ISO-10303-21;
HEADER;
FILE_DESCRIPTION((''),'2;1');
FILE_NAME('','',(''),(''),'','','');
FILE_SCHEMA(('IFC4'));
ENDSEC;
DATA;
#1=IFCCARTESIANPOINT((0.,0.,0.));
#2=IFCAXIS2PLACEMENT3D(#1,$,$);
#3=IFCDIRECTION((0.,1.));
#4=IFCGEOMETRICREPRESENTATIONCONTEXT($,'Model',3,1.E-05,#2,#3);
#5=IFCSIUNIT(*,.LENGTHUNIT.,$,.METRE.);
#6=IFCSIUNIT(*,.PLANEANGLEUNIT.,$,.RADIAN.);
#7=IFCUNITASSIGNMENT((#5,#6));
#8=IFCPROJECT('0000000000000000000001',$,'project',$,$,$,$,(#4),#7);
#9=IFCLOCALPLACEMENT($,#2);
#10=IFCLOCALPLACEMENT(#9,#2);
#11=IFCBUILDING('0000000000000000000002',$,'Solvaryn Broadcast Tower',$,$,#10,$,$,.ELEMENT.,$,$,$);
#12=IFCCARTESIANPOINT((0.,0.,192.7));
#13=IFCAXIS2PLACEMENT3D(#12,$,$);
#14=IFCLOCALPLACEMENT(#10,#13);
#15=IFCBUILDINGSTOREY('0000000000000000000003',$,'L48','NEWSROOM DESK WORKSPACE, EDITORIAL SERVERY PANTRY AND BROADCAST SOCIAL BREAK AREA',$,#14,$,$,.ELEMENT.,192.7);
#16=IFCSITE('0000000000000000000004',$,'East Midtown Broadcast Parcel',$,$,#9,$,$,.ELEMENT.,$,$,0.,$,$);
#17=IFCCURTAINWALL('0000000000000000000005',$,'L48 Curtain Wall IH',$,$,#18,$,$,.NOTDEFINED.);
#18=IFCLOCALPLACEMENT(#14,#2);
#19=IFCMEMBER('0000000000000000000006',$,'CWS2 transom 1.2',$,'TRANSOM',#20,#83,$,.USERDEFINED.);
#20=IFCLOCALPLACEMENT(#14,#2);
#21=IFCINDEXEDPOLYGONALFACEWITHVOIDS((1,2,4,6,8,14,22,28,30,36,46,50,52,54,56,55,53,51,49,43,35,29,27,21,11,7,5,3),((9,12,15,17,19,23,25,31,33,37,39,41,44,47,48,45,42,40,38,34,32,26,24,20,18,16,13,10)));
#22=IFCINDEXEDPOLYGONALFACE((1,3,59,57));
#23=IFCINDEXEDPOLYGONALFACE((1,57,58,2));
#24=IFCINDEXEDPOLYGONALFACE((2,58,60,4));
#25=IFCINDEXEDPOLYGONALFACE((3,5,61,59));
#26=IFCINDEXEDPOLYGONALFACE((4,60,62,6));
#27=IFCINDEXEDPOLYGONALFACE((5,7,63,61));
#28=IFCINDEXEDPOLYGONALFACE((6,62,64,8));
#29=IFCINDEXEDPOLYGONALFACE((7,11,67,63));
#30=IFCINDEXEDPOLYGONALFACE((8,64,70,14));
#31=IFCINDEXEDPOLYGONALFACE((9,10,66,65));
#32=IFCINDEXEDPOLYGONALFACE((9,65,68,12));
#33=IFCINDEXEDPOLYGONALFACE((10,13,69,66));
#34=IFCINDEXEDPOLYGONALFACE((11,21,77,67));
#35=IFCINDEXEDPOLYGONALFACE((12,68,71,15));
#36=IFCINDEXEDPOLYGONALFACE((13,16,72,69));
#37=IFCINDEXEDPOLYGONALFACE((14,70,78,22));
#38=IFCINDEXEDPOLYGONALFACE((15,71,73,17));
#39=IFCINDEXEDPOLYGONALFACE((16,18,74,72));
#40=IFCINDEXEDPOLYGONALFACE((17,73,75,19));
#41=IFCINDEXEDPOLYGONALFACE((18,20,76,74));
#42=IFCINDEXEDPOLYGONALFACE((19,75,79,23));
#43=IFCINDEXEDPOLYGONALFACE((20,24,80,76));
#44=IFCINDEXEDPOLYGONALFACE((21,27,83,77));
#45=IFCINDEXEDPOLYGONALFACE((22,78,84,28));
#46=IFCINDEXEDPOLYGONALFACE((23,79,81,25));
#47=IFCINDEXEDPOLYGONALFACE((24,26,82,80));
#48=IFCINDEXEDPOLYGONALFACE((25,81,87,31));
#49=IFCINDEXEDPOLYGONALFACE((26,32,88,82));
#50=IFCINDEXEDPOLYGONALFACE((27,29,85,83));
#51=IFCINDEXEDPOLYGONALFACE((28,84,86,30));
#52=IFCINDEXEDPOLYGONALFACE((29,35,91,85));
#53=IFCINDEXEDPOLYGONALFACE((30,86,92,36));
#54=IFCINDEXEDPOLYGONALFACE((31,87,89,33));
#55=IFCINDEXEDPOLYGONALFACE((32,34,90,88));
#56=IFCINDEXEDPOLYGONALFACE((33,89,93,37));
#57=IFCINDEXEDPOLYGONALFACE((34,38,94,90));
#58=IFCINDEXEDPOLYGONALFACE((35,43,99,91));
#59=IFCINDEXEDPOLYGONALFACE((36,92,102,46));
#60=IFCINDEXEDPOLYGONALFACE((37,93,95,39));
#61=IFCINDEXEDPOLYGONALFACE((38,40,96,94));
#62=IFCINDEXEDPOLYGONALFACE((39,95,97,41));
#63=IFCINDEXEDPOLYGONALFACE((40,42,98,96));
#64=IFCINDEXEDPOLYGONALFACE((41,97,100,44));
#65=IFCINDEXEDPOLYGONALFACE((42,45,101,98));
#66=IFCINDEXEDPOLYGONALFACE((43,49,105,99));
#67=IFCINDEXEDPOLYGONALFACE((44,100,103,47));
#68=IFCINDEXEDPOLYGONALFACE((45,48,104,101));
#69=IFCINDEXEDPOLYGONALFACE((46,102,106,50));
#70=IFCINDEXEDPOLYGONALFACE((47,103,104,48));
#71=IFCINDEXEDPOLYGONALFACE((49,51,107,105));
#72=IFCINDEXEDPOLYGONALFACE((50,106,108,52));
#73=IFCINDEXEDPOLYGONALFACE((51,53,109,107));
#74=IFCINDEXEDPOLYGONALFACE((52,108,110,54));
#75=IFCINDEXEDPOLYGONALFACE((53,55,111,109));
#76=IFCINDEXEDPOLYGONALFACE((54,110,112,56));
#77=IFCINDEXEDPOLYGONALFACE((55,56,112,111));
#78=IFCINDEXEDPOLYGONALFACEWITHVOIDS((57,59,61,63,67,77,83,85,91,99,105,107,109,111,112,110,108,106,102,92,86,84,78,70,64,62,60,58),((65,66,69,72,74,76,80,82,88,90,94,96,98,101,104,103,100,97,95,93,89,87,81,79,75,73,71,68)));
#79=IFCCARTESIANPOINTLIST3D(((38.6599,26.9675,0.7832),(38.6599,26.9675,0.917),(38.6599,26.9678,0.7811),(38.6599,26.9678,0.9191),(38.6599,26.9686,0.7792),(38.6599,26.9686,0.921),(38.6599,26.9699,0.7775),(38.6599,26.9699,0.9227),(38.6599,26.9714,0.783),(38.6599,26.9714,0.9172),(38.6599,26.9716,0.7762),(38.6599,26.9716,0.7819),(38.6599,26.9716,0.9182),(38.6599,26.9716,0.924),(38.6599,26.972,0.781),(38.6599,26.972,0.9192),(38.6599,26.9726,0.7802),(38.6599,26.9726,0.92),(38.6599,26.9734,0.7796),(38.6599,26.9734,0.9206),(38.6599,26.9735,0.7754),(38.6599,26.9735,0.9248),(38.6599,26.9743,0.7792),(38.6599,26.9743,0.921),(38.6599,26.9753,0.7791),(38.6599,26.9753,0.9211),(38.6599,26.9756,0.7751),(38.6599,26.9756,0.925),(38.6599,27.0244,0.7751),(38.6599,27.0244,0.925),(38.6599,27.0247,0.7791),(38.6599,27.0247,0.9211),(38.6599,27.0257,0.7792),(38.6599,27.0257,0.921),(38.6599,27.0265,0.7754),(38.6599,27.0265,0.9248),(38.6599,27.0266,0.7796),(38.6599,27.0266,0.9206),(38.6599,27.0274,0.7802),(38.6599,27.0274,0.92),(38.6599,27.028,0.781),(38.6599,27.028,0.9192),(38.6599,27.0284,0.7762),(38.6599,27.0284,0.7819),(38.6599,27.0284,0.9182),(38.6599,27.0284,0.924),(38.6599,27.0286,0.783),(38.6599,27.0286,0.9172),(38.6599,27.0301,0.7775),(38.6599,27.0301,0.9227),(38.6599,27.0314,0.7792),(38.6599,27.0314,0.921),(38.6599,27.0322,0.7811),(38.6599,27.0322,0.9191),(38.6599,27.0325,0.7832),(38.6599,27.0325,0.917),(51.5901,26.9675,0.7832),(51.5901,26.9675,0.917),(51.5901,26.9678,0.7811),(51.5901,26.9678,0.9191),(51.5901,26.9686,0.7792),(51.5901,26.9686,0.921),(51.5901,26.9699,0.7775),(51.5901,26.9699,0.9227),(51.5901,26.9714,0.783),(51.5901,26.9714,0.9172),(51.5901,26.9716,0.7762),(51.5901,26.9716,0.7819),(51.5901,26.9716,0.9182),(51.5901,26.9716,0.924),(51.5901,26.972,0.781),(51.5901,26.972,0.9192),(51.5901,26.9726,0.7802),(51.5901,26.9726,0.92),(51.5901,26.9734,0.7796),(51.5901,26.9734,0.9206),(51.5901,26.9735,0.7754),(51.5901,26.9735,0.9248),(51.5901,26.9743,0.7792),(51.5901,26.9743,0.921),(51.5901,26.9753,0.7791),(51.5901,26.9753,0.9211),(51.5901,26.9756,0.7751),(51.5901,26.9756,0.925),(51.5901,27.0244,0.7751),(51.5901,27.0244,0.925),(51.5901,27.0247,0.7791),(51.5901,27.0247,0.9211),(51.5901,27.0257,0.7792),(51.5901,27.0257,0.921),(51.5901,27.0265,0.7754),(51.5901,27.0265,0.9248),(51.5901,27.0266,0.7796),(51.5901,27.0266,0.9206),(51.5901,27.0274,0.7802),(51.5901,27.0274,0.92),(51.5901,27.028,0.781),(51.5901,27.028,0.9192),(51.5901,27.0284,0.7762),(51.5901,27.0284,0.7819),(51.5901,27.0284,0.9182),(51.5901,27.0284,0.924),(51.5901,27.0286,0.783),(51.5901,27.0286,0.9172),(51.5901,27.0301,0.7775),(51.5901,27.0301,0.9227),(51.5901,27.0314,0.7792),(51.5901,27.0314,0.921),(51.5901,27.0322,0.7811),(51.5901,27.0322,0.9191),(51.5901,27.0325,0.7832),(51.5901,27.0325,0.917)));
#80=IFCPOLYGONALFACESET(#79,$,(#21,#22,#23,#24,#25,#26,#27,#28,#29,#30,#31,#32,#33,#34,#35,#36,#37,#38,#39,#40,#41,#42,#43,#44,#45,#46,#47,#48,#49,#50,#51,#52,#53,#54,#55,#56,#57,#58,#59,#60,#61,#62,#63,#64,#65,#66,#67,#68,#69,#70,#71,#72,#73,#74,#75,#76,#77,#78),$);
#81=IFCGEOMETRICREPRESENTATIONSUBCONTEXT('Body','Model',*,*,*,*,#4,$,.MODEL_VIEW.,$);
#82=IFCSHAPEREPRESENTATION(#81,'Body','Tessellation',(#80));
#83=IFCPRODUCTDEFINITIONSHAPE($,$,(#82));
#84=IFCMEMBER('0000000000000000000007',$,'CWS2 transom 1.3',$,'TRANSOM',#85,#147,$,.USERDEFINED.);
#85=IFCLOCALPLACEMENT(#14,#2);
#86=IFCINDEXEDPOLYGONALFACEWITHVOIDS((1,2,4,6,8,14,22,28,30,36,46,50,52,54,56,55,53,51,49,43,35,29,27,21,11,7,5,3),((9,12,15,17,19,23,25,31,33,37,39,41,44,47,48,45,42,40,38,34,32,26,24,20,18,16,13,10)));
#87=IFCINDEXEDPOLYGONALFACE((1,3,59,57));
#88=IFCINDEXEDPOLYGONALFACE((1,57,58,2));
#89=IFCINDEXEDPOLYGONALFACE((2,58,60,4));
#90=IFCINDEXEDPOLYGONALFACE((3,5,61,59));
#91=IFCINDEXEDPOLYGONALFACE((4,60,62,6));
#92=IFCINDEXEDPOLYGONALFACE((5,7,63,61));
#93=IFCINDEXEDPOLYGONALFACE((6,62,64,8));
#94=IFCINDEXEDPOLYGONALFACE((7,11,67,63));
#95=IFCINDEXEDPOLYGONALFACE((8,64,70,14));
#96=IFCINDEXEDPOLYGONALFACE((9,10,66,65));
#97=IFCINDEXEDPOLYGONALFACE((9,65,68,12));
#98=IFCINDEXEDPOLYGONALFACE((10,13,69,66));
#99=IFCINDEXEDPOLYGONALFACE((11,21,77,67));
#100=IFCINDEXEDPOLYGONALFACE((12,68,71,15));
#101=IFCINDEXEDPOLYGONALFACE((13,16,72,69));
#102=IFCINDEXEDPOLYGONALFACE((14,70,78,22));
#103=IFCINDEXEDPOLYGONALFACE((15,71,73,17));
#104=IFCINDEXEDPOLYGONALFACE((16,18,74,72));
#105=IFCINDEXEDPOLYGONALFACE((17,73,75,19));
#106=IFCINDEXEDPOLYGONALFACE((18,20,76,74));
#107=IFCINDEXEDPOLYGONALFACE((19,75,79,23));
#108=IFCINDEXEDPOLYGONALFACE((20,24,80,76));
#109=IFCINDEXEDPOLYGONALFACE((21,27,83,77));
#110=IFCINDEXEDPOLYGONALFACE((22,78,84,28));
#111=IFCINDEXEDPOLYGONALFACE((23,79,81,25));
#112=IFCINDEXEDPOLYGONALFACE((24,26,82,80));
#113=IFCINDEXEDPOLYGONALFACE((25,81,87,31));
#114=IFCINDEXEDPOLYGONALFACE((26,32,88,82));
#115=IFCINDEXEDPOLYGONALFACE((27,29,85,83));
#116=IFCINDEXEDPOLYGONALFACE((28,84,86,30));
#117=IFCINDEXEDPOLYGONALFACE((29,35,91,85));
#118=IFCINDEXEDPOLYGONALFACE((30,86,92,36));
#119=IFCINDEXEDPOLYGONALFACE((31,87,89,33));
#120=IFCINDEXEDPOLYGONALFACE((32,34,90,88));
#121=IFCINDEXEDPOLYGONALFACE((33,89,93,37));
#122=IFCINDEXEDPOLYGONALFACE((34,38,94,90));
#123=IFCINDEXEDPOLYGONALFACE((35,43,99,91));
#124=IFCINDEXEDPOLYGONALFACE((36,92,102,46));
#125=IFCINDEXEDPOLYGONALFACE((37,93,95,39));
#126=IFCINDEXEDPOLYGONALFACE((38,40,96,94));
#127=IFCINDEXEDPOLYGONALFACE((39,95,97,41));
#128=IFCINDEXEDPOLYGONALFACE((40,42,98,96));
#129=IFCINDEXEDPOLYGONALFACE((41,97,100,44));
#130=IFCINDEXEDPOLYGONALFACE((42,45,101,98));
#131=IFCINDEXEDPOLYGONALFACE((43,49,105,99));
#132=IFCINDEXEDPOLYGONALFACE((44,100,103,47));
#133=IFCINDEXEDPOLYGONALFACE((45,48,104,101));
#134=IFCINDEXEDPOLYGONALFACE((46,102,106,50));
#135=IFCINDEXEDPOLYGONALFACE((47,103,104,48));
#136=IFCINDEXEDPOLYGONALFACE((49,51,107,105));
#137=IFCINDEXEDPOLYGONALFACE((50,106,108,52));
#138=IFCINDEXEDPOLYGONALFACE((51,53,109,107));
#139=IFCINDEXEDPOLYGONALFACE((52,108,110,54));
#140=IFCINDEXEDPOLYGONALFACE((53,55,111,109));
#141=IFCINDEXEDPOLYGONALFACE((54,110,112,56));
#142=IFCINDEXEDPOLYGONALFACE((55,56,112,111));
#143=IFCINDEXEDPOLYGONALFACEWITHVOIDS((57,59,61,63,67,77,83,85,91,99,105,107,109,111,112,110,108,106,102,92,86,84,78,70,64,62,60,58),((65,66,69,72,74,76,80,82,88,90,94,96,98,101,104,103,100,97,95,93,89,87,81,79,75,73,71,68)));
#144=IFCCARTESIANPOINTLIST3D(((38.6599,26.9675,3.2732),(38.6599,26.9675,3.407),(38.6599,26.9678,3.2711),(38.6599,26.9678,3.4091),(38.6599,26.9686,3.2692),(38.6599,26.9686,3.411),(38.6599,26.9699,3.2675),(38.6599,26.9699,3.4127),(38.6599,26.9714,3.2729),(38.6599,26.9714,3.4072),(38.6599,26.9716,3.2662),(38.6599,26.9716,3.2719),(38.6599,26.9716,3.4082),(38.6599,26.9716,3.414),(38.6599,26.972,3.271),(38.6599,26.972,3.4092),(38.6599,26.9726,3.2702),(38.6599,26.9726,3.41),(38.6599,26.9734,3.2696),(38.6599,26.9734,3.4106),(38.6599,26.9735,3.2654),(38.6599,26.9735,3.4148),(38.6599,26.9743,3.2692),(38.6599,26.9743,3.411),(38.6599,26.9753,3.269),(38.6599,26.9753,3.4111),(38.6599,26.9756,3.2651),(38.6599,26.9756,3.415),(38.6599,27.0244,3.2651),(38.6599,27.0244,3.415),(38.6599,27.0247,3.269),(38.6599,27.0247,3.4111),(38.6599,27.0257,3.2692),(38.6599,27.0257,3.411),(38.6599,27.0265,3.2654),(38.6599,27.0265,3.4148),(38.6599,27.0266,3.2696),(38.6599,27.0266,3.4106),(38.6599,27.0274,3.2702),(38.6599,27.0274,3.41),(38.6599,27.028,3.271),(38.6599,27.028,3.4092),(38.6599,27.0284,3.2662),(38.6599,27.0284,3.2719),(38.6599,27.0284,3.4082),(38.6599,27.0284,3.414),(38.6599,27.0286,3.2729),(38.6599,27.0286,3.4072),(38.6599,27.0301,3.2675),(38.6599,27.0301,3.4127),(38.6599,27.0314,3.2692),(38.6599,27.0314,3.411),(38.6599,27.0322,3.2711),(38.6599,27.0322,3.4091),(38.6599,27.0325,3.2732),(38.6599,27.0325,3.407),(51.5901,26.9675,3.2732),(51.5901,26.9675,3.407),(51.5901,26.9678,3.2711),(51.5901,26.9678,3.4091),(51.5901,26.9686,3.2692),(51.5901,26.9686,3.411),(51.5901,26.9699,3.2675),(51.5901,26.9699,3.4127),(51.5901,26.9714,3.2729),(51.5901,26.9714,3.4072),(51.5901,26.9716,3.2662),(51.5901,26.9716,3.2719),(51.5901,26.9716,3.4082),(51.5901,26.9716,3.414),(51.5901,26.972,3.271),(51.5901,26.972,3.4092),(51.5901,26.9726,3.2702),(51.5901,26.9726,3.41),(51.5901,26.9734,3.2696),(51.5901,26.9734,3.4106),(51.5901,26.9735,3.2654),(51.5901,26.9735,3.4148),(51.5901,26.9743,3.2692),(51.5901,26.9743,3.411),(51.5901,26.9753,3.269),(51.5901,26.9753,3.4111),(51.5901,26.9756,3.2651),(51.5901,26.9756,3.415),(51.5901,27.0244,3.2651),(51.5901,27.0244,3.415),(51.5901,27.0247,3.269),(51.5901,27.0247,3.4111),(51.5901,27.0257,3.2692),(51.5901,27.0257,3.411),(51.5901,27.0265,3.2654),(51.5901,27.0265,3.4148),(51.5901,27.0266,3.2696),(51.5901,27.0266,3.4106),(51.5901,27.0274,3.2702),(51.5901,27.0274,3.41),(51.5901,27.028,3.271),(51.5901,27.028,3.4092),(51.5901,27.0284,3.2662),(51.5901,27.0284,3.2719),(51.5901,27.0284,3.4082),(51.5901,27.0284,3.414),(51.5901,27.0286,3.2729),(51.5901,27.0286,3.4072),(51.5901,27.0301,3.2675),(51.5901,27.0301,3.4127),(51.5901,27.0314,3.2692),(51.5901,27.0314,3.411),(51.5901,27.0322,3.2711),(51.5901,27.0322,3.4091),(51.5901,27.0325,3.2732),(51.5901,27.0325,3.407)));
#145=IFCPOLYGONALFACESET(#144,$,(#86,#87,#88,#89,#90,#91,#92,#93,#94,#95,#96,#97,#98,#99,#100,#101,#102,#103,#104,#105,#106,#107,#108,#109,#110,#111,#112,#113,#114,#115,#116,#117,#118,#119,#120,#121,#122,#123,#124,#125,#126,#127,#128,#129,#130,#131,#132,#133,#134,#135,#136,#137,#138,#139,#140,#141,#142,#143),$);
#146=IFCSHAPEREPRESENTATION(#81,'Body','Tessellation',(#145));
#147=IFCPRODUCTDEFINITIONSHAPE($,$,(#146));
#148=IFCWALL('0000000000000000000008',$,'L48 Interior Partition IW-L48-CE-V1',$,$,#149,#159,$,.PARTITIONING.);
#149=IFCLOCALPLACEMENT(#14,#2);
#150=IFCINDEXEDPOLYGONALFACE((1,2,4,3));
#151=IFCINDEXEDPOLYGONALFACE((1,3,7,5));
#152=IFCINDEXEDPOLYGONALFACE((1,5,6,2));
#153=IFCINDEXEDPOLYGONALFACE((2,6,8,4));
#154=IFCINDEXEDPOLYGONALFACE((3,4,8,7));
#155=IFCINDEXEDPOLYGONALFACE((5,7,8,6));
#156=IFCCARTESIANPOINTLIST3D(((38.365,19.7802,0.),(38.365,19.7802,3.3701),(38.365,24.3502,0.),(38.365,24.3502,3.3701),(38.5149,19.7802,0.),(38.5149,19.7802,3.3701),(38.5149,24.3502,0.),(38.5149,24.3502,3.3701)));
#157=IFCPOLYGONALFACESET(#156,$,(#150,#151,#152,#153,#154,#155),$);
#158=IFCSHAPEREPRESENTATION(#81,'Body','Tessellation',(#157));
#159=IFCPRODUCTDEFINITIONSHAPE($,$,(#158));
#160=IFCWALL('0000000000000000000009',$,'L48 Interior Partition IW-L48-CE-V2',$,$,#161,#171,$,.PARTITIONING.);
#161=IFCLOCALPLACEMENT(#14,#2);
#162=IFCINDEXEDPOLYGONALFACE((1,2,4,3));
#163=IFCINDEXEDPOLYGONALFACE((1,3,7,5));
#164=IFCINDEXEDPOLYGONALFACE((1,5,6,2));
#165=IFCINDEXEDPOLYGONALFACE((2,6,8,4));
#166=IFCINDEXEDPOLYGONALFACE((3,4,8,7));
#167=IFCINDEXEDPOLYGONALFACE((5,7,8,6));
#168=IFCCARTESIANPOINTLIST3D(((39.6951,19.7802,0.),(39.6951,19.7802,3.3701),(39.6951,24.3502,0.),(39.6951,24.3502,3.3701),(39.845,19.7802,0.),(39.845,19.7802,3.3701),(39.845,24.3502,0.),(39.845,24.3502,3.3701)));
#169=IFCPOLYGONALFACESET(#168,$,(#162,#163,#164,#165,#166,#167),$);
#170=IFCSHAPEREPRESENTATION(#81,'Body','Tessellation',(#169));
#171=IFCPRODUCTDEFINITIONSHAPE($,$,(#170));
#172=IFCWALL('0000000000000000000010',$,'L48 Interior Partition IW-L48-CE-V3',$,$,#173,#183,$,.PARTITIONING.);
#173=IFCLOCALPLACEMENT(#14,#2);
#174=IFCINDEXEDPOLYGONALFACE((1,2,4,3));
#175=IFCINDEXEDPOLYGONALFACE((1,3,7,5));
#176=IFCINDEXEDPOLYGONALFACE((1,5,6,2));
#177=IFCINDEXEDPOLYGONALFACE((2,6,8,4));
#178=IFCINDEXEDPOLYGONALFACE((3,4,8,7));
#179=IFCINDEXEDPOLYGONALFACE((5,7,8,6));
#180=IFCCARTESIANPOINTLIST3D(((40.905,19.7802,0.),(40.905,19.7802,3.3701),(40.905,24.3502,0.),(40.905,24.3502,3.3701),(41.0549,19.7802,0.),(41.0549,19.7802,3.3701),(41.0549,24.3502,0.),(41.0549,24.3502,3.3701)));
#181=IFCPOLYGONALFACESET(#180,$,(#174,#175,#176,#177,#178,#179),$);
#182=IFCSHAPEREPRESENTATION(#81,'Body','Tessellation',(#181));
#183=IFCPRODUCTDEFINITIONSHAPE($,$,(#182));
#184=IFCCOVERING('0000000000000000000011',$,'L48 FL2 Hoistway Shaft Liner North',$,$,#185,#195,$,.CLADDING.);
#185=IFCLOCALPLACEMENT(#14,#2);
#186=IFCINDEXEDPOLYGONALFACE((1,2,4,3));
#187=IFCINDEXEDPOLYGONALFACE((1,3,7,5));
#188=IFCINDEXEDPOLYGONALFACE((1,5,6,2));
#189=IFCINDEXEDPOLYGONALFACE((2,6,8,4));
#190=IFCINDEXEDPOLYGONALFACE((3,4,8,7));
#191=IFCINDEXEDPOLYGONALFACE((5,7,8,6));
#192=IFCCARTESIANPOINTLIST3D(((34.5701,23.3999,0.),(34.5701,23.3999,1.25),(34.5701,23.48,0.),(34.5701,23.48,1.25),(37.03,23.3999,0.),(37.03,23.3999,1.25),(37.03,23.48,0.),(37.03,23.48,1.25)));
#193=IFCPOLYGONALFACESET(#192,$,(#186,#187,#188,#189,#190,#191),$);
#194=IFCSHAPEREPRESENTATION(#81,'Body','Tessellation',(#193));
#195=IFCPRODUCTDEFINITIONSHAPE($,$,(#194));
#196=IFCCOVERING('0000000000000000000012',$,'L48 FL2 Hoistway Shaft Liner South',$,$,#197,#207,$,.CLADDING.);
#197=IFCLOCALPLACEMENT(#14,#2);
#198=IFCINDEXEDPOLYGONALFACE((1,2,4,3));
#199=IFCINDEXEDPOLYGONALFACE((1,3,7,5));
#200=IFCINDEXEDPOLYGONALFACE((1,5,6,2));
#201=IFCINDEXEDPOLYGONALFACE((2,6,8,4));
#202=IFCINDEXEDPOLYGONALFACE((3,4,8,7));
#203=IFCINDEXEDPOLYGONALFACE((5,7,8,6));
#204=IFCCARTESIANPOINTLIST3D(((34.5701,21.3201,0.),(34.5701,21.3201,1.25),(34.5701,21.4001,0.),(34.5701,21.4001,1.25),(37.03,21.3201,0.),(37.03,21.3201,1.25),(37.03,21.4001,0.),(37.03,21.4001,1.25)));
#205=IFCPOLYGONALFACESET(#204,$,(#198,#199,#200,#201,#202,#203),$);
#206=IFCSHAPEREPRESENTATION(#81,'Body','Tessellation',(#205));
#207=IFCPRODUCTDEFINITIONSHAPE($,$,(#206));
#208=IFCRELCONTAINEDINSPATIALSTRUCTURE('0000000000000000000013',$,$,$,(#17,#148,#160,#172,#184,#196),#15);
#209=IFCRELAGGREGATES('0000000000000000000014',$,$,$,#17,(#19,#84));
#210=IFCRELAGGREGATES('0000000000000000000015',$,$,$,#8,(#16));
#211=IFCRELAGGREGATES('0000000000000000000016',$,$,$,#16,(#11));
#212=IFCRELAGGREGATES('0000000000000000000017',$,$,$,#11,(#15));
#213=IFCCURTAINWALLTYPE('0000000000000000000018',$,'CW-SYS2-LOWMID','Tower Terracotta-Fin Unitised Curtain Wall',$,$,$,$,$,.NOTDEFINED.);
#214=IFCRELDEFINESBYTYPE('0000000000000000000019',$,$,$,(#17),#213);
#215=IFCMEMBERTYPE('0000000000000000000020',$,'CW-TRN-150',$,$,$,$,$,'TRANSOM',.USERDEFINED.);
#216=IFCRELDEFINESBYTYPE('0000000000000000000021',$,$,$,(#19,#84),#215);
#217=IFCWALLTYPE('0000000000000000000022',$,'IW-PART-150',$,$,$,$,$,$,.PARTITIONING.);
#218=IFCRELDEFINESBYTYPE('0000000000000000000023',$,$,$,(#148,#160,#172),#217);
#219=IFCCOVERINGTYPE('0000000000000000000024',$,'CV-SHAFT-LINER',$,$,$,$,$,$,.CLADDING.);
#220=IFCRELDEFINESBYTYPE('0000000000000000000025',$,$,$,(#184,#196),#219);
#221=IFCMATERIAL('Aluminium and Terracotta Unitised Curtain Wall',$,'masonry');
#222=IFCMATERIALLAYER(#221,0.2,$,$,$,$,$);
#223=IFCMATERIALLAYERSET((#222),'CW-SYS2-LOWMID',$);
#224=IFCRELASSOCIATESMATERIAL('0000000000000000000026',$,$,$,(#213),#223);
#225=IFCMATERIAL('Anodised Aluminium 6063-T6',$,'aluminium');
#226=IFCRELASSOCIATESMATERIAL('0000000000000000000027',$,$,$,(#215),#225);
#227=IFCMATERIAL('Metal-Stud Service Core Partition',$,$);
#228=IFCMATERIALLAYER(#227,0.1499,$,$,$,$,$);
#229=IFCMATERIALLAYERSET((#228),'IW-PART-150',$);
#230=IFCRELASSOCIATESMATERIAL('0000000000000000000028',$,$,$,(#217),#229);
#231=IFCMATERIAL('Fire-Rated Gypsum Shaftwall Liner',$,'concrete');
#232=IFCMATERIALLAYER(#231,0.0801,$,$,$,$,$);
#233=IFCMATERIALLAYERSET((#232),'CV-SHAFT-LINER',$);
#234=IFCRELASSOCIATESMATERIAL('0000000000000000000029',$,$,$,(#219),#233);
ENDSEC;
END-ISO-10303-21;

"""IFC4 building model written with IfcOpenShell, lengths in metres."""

from ifc_helpers import new_model, si_unit, direction, frame, frame_2d, origin, origin_2d, place, context, subcontext, project, spatial, rectangle, hollow_rectangle, extrude, material, layer, layer_set, material_profile, profile_set, type_object, element, aggregate, save


model = new_model("IFC4")

# Units and contexts
model_context = context("Model", 3, precision=1e-05, world=origin(), true_north=direction((0.0, 1.0)))
body_context = subcontext(model_context, "Body", "Model", "MODEL_VIEW")
ifc_project = project(units=[si_unit("LENGTHUNIT", "METRE"), si_unit("PLANEANGLEUNIT", "RADIAN")], contexts=[model_context])

# Site, building, storey
site_placement = place(None, origin())
site = spatial("IfcSite", under=ifc_project, at=site_placement, Name="East Midtown Broadcast Parcel", CompositionType="ELEMENT", RefElevation=0.0)
building_placement = place(site_placement, origin())
building = spatial("IfcBuilding", under=site, at=building_placement, Name="Solvaryn Broadcast Tower", CompositionType="ELEMENT")
storey_placement = place(building_placement, frame((0.0, 0.0, 192.7)))
storey = spatial("IfcBuildingStorey", under=building, at=storey_placement, Name="L48", Description="NEWSROOM DESK WORKSPACE, EDITORIAL SERVERY PANTRY AND BROADCAST SOCIAL BREAK AREA", CompositionType="ELEMENT", Elevation=192.7)

# Curtain wall
ifc_material_1 = material(Name="Aluminium and Terracotta Unitised Curtain Wall", Category="masonry")
ifc_layer_1 = layer(ifc_material_1, 0.2)
ifc_layer_set_1 = layer_set([ifc_layer_1], Name="CW-SYS2-LOWMID")
curtain_wall_type = type_object("IfcCurtainWallType", Name="CW-SYS2-LOWMID", Description="Tower Terracotta-Fin Unitised Curtain Wall", PredefinedType="NOTDEFINED", material=ifc_layer_set_1)
curtain_wall_1_placement = place(storey_placement, origin())
curtain_wall_1 = element("IfcCurtainWall", 1, at=curtain_wall_1_placement, inside=storey, type_object=curtain_wall_type, Name="L48 Curtain Wall IH", PredefinedType="NOTDEFINED")

# Members
ifc_material_2 = material(Name="Anodised Aluminium 6063-T6", Category="aluminium")
ifc_material_profile_1 = material_profile(ifc_material_2, hollow_rectangle(XDim=0.0649, YDim=0.1499, WallThickness=0.0039, InnerFilletRadius=0.0039, OuterFilletRadius=0.0081, at=origin_2d()))
ifc_profile_set_1 = profile_set([ifc_material_profile_1], Name="Anodised Aluminium 6063-T6")
member_type_1 = type_object("IfcMemberType", Name="CW-TRN-150", ElementType="TRANSOM", PredefinedType="USERDEFINED", material=ifc_profile_set_1)
member_1_placement = place(storey_placement, frame((38.6599, 27.0, 0.8501), z_axis=(1.0, 0.0, 0.0), x_axis=(0.0, 1.0, 0.0)))
member_1 = element("IfcMember", 2, at=member_1_placement, type_object=member_type_1, Name="CWS2 transom 1.2", ObjectType="TRANSOM", PredefinedType="USERDEFINED", context=body_context, shape_type="SweptSolid", body=[
    extrude(hollow_rectangle(XDim=0.0649, YDim=0.1499, WallThickness=0.0039, InnerFilletRadius=0.0039, OuterFilletRadius=0.0081, at=origin_2d()), origin(), (0.0, 0.0, 1.0), 12.9302),
])
member_2_placement = place(storey_placement, frame((38.6599, 27.0, 3.3401), z_axis=(1.0, 0.0, 0.0), x_axis=(0.0, 1.0, 0.0)))
member_2 = element("IfcMember", 3, at=member_2_placement, type_object=member_type_1, Name="CWS2 transom 1.3", ObjectType="TRANSOM", PredefinedType="USERDEFINED", context=body_context, shape_type="SweptSolid", body=[
    extrude(hollow_rectangle(XDim=0.0649, YDim=0.1499, WallThickness=0.0039, InnerFilletRadius=0.0039, OuterFilletRadius=0.0081, at=origin_2d()), origin(), (0.0, 0.0, 1.0), 12.9302),
])
aggregate(curtain_wall_1, [member_1, member_2])

# Walls
ifc_material_3 = material(Name="Metal-Stud Service Core Partition")
ifc_layer_2 = layer(ifc_material_3, 0.1499)
ifc_layer_set_2 = layer_set([ifc_layer_2], Name="IW-PART-150")
wall_type = type_object("IfcWallType", Name="IW-PART-150", PredefinedType="PARTITIONING", material=ifc_layer_set_2)
for number, where, z_axis, x_axis, name in (
    (4, (38.4399, 19.78, 0.0), (0.0, 0.0, 1.0), (0.0, 1.0, 0.0), "L48 Interior Partition IW-L48-CE-V1"),
    (5, (39.77, 19.78, 0.0), (0.0, 0.0, 1.0), (0.0, 1.0, 0.0), "L48 Interior Partition IW-L48-CE-V2"),
    (6, (40.98, 19.78, 0.0), (0.0, 0.0, 1.0), (0.0, 1.0, 0.0), "L48 Interior Partition IW-L48-CE-V3"),
):
    element("IfcWall", number, at=place(storey_placement, frame(where, z_axis=z_axis, x_axis=x_axis)), inside=storey, type_object=wall_type, Name=name, PredefinedType="PARTITIONING", context=body_context, shape_type="SweptSolid", body=[
        extrude(rectangle(XDim=4.5701, YDim=0.1499, at=frame_2d((2.2852, 0.0))), origin(), (0.0, 0.0, 1.0), 3.3701),
    ])

# Coverings
ifc_material_4 = material(Name="Fire-Rated Gypsum Shaftwall Liner", Category="concrete")
ifc_layer_3 = layer(ifc_material_4, 0.0801)
ifc_layer_set_3 = layer_set([ifc_layer_3], Name="CV-SHAFT-LINER")
covering_type_1 = type_object("IfcCoveringType", Name="CV-SHAFT-LINER", PredefinedType="CLADDING", material=ifc_layer_set_3)
for number, where, z_axis, x_axis, name in (
    (7, (35.8, 23.4399, 0.0), (0.0, 0.0, 1.0), (1.0, 0.0, 0.0), "L48 FL2 Hoistway Shaft Liner North"),
    (8, (35.8, 21.3601, 0.0), (0.0, 0.0, 1.0), (1.0, 0.0, 0.0), "L48 FL2 Hoistway Shaft Liner South"),
):
    element("IfcCovering", number, at=place(storey_placement, frame(where, z_axis=z_axis, x_axis=x_axis)), inside=storey, type_object=covering_type_1, Name=name, PredefinedType="CLADDING", context=body_context, shape_type="SweptSolid", body=[
        extrude(rectangle(XDim=2.46, YDim=0.0801, at=origin_2d()), origin(), (0.0, 0.0, 1.0), 1.25),
    ])

save(model, "model.ifc")
